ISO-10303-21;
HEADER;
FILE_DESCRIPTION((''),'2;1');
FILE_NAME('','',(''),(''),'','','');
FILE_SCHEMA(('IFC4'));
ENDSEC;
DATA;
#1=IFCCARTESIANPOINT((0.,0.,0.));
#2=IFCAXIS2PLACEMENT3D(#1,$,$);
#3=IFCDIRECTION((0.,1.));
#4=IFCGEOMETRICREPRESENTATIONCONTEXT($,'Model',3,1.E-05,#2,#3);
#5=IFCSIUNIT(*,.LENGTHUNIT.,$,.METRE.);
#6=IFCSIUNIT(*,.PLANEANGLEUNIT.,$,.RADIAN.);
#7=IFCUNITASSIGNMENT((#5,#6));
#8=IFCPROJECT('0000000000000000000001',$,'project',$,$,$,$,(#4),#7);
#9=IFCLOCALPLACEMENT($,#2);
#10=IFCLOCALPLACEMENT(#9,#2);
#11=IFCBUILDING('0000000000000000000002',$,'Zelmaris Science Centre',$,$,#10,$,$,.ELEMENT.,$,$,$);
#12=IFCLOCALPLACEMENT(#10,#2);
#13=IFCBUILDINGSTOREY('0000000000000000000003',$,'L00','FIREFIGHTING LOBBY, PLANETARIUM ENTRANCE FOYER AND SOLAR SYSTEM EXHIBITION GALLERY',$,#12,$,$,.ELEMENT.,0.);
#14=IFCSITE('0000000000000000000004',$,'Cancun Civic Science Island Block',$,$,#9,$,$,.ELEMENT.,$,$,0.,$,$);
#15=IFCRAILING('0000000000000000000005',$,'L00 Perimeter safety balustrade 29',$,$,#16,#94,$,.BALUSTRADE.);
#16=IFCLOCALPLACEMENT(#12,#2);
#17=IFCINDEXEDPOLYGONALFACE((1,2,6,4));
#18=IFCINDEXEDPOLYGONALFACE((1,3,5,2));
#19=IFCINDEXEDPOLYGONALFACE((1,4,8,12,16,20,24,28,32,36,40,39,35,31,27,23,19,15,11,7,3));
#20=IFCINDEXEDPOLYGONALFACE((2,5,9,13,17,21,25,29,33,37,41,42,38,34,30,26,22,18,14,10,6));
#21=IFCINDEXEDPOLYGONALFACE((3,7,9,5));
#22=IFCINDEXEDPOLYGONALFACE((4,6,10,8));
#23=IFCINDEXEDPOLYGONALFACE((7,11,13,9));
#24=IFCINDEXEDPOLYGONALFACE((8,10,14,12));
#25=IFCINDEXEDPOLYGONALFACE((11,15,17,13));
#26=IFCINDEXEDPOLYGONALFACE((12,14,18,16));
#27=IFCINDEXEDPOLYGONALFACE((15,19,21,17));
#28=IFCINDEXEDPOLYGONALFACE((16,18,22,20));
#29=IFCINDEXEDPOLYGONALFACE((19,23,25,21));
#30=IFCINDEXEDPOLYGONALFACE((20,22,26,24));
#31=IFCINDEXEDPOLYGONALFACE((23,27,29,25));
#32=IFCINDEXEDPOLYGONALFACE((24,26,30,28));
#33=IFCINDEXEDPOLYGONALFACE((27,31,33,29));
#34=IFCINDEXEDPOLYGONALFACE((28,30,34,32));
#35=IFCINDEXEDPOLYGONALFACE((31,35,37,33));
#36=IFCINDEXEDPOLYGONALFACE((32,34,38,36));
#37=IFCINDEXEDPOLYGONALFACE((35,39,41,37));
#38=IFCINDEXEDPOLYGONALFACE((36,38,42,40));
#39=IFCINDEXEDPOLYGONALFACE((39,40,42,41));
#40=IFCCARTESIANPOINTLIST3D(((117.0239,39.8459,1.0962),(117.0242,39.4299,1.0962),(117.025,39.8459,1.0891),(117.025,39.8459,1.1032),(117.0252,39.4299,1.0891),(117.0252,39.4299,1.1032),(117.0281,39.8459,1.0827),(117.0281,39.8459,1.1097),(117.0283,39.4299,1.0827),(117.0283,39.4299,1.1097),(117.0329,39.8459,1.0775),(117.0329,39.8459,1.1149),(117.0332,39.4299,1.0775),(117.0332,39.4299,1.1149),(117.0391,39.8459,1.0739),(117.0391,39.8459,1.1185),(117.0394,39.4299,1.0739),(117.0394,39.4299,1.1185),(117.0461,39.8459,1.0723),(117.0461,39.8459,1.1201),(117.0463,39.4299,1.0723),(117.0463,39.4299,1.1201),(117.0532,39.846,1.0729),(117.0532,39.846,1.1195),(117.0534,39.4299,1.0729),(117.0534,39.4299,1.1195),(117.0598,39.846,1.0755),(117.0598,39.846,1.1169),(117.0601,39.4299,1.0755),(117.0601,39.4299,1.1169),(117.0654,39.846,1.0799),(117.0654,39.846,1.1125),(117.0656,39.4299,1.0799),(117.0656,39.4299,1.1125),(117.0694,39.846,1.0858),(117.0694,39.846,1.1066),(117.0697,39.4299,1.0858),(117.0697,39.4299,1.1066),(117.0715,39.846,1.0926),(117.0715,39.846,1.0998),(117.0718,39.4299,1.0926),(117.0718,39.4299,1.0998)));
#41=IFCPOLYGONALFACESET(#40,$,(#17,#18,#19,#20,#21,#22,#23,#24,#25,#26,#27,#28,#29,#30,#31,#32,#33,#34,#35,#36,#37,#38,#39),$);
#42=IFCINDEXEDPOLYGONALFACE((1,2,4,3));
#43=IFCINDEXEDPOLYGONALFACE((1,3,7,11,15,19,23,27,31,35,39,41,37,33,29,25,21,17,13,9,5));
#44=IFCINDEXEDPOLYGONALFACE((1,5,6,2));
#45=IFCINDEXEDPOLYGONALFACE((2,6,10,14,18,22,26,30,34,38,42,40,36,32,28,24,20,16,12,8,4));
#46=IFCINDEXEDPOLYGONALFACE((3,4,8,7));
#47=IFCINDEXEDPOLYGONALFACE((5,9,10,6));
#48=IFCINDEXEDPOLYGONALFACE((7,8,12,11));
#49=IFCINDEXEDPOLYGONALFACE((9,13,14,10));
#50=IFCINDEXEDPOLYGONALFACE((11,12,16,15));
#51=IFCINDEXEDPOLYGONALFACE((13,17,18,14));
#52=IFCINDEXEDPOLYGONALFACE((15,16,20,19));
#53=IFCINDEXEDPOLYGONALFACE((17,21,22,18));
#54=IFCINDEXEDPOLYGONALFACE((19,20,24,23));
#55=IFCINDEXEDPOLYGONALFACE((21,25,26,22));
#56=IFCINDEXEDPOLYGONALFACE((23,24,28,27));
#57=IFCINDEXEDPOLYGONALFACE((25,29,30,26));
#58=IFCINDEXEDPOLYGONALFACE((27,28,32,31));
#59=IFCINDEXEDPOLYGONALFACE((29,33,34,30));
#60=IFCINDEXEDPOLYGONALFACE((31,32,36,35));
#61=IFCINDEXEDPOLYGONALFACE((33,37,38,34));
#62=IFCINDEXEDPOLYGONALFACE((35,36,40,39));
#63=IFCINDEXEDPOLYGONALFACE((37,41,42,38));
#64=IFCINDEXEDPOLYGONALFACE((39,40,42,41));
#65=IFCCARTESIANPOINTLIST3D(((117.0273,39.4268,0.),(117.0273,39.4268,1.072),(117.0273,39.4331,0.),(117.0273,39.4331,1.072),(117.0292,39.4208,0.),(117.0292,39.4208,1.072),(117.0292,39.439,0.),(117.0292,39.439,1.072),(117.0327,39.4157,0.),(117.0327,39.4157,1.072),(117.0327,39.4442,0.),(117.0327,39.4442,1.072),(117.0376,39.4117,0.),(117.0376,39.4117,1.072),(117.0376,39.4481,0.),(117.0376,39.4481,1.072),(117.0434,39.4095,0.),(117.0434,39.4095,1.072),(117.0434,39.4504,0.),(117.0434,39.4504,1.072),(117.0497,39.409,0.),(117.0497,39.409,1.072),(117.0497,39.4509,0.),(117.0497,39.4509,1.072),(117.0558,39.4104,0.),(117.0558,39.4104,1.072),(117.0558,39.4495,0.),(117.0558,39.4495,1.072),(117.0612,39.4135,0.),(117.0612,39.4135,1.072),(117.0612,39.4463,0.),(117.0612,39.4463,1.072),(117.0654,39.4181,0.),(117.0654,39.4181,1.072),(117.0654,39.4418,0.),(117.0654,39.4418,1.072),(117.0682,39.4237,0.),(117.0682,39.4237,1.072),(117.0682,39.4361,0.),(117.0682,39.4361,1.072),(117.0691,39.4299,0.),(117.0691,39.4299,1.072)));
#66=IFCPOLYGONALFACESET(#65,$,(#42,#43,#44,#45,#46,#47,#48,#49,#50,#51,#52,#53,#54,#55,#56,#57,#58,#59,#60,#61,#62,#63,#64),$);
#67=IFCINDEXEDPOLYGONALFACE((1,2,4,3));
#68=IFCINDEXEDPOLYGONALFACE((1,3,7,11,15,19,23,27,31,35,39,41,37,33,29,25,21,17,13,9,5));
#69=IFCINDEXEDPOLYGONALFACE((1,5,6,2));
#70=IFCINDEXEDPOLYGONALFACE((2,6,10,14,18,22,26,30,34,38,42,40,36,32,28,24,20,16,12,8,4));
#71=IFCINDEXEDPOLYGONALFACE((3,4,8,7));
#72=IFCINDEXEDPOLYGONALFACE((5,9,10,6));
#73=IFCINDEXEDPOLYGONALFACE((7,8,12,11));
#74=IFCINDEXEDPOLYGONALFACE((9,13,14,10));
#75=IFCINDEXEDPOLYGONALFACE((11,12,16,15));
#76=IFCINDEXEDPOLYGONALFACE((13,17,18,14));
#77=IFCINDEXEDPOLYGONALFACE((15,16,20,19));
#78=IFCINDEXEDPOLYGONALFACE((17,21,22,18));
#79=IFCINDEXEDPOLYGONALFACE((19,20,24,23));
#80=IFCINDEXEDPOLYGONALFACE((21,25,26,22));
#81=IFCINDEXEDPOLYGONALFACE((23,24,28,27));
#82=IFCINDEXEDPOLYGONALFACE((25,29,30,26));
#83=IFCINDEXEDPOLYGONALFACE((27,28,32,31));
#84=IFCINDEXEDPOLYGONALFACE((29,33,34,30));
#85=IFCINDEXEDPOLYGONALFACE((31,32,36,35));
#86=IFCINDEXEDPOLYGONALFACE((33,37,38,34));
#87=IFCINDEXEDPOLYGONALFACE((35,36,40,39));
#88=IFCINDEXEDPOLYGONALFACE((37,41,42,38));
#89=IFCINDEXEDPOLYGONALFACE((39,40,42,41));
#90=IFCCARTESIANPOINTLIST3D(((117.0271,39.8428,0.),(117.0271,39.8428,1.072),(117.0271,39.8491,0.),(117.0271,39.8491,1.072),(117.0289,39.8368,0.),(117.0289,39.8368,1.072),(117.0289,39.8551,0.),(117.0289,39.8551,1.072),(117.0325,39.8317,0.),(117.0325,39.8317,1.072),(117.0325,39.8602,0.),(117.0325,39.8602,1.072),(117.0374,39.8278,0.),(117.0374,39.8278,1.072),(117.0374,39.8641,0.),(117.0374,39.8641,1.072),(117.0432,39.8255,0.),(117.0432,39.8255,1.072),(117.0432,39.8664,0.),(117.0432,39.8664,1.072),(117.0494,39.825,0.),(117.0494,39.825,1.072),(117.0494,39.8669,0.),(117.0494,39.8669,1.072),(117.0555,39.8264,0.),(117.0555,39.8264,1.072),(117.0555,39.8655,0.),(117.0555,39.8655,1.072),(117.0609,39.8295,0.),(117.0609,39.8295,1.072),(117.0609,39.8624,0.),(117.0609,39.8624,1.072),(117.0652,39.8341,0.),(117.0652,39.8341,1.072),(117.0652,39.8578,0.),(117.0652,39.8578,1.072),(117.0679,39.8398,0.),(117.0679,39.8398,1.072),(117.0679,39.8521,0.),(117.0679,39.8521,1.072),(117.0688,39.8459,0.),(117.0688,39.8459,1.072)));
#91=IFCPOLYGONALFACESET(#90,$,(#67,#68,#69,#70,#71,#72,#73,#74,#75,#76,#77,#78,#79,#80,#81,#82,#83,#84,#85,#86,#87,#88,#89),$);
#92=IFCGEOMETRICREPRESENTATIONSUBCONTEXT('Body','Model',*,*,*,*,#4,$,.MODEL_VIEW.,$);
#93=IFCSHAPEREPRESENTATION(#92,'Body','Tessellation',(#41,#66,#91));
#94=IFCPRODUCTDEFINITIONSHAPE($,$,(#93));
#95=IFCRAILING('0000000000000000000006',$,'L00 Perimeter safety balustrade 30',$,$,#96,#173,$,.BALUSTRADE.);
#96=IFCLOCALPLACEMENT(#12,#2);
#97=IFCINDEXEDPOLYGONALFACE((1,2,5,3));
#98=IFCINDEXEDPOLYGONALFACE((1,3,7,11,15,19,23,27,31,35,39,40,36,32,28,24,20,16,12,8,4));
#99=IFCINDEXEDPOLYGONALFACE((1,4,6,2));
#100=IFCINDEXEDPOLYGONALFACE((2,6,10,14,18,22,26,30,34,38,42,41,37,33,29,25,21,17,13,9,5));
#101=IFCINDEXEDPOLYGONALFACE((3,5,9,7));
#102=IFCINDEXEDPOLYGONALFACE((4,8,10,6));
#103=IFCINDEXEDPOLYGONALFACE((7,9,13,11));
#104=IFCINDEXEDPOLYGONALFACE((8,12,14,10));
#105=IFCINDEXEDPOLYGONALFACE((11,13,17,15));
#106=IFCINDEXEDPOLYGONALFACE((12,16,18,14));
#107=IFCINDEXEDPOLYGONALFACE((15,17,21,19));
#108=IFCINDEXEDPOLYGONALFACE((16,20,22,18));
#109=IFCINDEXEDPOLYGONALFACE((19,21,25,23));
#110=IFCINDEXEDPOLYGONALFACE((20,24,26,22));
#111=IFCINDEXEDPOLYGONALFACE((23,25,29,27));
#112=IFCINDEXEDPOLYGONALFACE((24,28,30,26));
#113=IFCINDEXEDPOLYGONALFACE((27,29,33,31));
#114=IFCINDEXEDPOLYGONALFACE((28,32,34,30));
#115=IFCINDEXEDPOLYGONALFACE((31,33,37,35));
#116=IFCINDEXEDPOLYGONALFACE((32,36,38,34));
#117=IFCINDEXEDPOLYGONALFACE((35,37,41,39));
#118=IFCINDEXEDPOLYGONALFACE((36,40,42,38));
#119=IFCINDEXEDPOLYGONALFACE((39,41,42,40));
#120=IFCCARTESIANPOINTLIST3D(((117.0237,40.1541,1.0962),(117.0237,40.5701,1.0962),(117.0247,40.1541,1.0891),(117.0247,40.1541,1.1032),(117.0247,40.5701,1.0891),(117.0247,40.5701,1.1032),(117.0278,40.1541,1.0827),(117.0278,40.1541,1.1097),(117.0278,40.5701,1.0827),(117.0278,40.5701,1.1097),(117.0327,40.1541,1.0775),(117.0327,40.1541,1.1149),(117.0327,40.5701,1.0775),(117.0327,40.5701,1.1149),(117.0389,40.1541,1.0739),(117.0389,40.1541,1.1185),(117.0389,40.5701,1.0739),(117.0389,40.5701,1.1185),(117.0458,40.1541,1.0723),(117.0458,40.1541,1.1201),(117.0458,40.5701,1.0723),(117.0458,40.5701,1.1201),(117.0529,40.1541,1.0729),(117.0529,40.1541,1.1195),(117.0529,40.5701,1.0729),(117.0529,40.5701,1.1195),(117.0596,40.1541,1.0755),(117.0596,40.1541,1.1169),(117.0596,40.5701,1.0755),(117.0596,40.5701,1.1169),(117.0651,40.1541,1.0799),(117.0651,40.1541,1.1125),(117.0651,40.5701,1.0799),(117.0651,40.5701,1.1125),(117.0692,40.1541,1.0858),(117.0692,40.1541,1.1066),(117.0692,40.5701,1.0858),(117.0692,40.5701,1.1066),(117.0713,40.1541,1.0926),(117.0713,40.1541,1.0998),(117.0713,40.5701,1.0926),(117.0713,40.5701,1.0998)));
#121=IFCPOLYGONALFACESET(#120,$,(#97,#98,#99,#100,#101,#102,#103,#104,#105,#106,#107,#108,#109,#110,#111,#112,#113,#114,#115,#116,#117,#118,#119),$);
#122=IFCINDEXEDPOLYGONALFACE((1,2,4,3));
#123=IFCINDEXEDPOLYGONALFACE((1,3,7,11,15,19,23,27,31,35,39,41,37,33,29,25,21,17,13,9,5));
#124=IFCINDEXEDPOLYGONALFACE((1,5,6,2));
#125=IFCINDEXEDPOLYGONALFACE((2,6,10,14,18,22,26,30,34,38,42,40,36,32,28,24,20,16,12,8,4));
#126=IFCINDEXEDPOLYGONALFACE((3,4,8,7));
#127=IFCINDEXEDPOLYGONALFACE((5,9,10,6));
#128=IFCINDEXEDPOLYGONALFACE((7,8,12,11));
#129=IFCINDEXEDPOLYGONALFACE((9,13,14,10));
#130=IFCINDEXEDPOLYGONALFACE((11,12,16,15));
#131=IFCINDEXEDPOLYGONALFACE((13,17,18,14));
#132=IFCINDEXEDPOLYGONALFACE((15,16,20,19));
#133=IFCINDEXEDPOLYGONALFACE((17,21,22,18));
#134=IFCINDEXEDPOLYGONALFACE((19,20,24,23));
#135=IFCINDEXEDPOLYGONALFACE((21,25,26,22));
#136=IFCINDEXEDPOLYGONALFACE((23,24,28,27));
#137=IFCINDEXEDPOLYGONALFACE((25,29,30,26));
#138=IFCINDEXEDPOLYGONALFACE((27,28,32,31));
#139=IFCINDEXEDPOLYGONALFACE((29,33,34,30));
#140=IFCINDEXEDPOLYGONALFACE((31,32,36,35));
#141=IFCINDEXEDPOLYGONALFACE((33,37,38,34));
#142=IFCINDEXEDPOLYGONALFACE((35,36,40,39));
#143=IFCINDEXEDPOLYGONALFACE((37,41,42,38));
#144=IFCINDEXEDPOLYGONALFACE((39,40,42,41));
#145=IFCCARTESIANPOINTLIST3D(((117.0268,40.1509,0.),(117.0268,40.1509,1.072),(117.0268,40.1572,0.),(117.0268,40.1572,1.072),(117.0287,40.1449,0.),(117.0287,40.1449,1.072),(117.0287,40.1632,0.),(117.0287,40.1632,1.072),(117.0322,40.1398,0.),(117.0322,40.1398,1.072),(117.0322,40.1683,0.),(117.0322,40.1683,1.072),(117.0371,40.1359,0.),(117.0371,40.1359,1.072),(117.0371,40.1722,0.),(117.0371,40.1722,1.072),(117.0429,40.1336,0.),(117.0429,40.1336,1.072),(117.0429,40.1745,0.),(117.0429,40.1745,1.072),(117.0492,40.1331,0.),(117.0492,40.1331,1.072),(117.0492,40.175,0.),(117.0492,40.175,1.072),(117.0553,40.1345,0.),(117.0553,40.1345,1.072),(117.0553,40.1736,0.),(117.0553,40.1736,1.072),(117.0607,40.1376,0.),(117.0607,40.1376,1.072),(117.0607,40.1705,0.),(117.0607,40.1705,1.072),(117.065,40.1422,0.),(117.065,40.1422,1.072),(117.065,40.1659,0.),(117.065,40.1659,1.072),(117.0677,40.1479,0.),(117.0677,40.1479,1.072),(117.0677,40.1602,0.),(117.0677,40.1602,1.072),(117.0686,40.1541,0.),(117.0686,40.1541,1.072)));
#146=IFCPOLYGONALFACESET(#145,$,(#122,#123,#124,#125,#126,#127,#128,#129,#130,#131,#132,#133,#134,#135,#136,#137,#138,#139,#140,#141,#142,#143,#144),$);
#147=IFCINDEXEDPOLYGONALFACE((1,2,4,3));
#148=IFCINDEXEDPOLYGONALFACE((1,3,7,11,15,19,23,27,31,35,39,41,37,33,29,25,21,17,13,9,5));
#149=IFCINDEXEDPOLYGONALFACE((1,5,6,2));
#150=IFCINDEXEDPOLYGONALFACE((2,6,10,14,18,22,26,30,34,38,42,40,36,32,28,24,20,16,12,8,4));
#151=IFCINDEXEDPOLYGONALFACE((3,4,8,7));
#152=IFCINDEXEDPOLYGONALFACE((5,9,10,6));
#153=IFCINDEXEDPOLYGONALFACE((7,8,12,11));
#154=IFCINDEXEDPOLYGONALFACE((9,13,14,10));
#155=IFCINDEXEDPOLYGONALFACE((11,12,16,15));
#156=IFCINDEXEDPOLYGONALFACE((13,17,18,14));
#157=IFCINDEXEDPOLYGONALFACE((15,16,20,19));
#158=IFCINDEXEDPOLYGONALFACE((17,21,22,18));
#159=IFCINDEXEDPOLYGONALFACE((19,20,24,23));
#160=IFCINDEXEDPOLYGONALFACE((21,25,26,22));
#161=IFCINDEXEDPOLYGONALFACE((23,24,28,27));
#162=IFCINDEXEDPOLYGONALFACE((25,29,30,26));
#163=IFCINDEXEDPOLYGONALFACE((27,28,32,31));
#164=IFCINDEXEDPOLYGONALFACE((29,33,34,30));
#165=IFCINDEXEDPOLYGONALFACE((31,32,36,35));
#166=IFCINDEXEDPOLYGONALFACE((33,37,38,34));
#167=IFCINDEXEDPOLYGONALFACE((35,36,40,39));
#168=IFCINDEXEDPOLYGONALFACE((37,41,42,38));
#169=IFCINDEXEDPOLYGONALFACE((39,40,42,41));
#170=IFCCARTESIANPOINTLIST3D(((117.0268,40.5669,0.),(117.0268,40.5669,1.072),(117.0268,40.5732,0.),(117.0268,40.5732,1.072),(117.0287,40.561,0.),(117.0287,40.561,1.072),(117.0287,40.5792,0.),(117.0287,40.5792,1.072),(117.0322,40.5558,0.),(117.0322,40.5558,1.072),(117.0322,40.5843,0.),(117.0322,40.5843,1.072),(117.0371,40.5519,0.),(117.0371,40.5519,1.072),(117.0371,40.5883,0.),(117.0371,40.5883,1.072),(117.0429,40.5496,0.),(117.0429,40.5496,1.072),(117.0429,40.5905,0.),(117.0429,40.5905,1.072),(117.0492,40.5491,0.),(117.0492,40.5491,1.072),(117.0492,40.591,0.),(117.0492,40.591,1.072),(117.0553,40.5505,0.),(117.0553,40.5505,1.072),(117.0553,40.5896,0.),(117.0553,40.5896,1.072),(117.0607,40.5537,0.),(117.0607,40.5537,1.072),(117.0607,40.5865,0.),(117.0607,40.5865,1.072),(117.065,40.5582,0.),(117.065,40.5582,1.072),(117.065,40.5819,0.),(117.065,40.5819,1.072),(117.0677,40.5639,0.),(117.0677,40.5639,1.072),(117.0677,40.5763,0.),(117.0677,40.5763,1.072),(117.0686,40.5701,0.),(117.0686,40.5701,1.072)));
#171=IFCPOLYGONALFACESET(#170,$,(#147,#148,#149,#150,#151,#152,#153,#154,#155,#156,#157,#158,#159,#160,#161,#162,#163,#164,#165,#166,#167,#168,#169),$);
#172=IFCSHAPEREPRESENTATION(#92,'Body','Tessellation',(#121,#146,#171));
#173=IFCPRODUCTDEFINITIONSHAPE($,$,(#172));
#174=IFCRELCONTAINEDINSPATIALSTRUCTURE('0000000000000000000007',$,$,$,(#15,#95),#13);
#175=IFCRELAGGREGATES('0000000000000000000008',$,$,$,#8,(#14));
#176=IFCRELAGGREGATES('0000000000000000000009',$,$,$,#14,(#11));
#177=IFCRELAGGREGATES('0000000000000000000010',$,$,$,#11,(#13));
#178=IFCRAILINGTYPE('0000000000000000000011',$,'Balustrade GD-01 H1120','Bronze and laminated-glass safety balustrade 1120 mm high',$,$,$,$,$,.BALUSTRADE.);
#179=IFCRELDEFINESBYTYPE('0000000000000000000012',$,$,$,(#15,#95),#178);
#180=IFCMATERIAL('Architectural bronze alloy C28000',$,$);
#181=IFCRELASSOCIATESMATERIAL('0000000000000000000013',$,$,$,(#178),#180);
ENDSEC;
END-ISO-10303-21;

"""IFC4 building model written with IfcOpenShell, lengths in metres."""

from ifc_helpers import new_model, si_unit, direction, frame, origin, origin_2d, place, context, subcontext, project, spatial, circle, extrude, material, type_object, element, save


model = new_model("IFC4")

# Units and contexts
model_context = context("Model", 3, precision=1e-05, world=origin(), true_north=direction((0.0, 1.0)))
body_context = subcontext(model_context, "Body", "Model", "MODEL_VIEW")
ifc_project = project(units=[si_unit("LENGTHUNIT", "METRE"), si_unit("PLANEANGLEUNIT", "RADIAN")], contexts=[model_context])

# Site, building, storey
site_placement = place(None, origin())
site = spatial("IfcSite", under=ifc_project, at=site_placement, Name="Cancun Civic Science Island Block", CompositionType="ELEMENT", RefElevation=0.0)
building_placement = place(site_placement, origin())
building = spatial("IfcBuilding", under=site, at=building_placement, Name="Zelmaris Science Centre", CompositionType="ELEMENT")
storey_placement = place(building_placement, origin())
storey = spatial("IfcBuildingStorey", under=building, at=storey_placement, Name="L00", Description="FIREFIGHTING LOBBY, PLANETARIUM ENTRANCE FOYER AND SOLAR SYSTEM EXHIBITION GALLERY", CompositionType="ELEMENT", Elevation=0.0)

# Shared definitions
ifc_material_1 = material(Name="Architectural bronze alloy C28000")

# Railings
railing_type = type_object("IfcRailingType", Name="Balustrade GD-01 H1120", Description="Bronze and laminated-glass safety balustrade 1120 mm high", PredefinedType="BALUSTRADE", material=ifc_material_1)
railing_1_placement = place(storey_placement, frame((117.0481, 39.4299, 0.0)))
element("IfcRailing", 1, at=railing_1_placement, inside=storey, type_object=railing_type, Name="L00 Perimeter safety balustrade 29", PredefinedType="BALUSTRADE", context=body_context, shape_type="SweptSolid", body=[
    extrude(circle(Radius=0.0239, at=origin_2d()), frame((0.0, 0.0, 1.0962), z_axis=(-0.000587, 1.0, 0.0), x_axis=(-1.0, -0.000587, 0.0)), (0.0, 0.0, 1.0), 0.416),
    extrude(circle(Radius=0.021, at=origin_2d()), origin(), (0.0, 0.0, 1.0), 1.072),
    extrude(circle(Radius=0.021, at=origin_2d()), frame((-0.0002, 0.416, 0.0)), (0.0, 0.0, 1.0), 1.072),
])
railing_2_placement = place(storey_placement, frame((117.0476, 40.1541, 0.0)))
element("IfcRailing", 2, at=railing_2_placement, inside=storey, type_object=railing_type, Name="L00 Perimeter safety balustrade 30", PredefinedType="BALUSTRADE", context=body_context, shape_type="SweptSolid", body=[
    extrude(circle(Radius=0.0239, at=origin_2d()), frame((0.0, 0.0, 1.0962), z_axis=(0.0, 1.0, 0.0), x_axis=(-1.0, 0.0, 0.0)), (0.0, 0.0, 1.0), 0.416),
    extrude(circle(Radius=0.021, at=origin_2d()), origin(), (0.0, 0.0, 1.0), 1.072),
    extrude(circle(Radius=0.021, at=origin_2d()), frame((0.0, 0.416, 0.0)), (0.0, 0.0, 1.0), 1.072),
])

save(model, "model.ifc")
